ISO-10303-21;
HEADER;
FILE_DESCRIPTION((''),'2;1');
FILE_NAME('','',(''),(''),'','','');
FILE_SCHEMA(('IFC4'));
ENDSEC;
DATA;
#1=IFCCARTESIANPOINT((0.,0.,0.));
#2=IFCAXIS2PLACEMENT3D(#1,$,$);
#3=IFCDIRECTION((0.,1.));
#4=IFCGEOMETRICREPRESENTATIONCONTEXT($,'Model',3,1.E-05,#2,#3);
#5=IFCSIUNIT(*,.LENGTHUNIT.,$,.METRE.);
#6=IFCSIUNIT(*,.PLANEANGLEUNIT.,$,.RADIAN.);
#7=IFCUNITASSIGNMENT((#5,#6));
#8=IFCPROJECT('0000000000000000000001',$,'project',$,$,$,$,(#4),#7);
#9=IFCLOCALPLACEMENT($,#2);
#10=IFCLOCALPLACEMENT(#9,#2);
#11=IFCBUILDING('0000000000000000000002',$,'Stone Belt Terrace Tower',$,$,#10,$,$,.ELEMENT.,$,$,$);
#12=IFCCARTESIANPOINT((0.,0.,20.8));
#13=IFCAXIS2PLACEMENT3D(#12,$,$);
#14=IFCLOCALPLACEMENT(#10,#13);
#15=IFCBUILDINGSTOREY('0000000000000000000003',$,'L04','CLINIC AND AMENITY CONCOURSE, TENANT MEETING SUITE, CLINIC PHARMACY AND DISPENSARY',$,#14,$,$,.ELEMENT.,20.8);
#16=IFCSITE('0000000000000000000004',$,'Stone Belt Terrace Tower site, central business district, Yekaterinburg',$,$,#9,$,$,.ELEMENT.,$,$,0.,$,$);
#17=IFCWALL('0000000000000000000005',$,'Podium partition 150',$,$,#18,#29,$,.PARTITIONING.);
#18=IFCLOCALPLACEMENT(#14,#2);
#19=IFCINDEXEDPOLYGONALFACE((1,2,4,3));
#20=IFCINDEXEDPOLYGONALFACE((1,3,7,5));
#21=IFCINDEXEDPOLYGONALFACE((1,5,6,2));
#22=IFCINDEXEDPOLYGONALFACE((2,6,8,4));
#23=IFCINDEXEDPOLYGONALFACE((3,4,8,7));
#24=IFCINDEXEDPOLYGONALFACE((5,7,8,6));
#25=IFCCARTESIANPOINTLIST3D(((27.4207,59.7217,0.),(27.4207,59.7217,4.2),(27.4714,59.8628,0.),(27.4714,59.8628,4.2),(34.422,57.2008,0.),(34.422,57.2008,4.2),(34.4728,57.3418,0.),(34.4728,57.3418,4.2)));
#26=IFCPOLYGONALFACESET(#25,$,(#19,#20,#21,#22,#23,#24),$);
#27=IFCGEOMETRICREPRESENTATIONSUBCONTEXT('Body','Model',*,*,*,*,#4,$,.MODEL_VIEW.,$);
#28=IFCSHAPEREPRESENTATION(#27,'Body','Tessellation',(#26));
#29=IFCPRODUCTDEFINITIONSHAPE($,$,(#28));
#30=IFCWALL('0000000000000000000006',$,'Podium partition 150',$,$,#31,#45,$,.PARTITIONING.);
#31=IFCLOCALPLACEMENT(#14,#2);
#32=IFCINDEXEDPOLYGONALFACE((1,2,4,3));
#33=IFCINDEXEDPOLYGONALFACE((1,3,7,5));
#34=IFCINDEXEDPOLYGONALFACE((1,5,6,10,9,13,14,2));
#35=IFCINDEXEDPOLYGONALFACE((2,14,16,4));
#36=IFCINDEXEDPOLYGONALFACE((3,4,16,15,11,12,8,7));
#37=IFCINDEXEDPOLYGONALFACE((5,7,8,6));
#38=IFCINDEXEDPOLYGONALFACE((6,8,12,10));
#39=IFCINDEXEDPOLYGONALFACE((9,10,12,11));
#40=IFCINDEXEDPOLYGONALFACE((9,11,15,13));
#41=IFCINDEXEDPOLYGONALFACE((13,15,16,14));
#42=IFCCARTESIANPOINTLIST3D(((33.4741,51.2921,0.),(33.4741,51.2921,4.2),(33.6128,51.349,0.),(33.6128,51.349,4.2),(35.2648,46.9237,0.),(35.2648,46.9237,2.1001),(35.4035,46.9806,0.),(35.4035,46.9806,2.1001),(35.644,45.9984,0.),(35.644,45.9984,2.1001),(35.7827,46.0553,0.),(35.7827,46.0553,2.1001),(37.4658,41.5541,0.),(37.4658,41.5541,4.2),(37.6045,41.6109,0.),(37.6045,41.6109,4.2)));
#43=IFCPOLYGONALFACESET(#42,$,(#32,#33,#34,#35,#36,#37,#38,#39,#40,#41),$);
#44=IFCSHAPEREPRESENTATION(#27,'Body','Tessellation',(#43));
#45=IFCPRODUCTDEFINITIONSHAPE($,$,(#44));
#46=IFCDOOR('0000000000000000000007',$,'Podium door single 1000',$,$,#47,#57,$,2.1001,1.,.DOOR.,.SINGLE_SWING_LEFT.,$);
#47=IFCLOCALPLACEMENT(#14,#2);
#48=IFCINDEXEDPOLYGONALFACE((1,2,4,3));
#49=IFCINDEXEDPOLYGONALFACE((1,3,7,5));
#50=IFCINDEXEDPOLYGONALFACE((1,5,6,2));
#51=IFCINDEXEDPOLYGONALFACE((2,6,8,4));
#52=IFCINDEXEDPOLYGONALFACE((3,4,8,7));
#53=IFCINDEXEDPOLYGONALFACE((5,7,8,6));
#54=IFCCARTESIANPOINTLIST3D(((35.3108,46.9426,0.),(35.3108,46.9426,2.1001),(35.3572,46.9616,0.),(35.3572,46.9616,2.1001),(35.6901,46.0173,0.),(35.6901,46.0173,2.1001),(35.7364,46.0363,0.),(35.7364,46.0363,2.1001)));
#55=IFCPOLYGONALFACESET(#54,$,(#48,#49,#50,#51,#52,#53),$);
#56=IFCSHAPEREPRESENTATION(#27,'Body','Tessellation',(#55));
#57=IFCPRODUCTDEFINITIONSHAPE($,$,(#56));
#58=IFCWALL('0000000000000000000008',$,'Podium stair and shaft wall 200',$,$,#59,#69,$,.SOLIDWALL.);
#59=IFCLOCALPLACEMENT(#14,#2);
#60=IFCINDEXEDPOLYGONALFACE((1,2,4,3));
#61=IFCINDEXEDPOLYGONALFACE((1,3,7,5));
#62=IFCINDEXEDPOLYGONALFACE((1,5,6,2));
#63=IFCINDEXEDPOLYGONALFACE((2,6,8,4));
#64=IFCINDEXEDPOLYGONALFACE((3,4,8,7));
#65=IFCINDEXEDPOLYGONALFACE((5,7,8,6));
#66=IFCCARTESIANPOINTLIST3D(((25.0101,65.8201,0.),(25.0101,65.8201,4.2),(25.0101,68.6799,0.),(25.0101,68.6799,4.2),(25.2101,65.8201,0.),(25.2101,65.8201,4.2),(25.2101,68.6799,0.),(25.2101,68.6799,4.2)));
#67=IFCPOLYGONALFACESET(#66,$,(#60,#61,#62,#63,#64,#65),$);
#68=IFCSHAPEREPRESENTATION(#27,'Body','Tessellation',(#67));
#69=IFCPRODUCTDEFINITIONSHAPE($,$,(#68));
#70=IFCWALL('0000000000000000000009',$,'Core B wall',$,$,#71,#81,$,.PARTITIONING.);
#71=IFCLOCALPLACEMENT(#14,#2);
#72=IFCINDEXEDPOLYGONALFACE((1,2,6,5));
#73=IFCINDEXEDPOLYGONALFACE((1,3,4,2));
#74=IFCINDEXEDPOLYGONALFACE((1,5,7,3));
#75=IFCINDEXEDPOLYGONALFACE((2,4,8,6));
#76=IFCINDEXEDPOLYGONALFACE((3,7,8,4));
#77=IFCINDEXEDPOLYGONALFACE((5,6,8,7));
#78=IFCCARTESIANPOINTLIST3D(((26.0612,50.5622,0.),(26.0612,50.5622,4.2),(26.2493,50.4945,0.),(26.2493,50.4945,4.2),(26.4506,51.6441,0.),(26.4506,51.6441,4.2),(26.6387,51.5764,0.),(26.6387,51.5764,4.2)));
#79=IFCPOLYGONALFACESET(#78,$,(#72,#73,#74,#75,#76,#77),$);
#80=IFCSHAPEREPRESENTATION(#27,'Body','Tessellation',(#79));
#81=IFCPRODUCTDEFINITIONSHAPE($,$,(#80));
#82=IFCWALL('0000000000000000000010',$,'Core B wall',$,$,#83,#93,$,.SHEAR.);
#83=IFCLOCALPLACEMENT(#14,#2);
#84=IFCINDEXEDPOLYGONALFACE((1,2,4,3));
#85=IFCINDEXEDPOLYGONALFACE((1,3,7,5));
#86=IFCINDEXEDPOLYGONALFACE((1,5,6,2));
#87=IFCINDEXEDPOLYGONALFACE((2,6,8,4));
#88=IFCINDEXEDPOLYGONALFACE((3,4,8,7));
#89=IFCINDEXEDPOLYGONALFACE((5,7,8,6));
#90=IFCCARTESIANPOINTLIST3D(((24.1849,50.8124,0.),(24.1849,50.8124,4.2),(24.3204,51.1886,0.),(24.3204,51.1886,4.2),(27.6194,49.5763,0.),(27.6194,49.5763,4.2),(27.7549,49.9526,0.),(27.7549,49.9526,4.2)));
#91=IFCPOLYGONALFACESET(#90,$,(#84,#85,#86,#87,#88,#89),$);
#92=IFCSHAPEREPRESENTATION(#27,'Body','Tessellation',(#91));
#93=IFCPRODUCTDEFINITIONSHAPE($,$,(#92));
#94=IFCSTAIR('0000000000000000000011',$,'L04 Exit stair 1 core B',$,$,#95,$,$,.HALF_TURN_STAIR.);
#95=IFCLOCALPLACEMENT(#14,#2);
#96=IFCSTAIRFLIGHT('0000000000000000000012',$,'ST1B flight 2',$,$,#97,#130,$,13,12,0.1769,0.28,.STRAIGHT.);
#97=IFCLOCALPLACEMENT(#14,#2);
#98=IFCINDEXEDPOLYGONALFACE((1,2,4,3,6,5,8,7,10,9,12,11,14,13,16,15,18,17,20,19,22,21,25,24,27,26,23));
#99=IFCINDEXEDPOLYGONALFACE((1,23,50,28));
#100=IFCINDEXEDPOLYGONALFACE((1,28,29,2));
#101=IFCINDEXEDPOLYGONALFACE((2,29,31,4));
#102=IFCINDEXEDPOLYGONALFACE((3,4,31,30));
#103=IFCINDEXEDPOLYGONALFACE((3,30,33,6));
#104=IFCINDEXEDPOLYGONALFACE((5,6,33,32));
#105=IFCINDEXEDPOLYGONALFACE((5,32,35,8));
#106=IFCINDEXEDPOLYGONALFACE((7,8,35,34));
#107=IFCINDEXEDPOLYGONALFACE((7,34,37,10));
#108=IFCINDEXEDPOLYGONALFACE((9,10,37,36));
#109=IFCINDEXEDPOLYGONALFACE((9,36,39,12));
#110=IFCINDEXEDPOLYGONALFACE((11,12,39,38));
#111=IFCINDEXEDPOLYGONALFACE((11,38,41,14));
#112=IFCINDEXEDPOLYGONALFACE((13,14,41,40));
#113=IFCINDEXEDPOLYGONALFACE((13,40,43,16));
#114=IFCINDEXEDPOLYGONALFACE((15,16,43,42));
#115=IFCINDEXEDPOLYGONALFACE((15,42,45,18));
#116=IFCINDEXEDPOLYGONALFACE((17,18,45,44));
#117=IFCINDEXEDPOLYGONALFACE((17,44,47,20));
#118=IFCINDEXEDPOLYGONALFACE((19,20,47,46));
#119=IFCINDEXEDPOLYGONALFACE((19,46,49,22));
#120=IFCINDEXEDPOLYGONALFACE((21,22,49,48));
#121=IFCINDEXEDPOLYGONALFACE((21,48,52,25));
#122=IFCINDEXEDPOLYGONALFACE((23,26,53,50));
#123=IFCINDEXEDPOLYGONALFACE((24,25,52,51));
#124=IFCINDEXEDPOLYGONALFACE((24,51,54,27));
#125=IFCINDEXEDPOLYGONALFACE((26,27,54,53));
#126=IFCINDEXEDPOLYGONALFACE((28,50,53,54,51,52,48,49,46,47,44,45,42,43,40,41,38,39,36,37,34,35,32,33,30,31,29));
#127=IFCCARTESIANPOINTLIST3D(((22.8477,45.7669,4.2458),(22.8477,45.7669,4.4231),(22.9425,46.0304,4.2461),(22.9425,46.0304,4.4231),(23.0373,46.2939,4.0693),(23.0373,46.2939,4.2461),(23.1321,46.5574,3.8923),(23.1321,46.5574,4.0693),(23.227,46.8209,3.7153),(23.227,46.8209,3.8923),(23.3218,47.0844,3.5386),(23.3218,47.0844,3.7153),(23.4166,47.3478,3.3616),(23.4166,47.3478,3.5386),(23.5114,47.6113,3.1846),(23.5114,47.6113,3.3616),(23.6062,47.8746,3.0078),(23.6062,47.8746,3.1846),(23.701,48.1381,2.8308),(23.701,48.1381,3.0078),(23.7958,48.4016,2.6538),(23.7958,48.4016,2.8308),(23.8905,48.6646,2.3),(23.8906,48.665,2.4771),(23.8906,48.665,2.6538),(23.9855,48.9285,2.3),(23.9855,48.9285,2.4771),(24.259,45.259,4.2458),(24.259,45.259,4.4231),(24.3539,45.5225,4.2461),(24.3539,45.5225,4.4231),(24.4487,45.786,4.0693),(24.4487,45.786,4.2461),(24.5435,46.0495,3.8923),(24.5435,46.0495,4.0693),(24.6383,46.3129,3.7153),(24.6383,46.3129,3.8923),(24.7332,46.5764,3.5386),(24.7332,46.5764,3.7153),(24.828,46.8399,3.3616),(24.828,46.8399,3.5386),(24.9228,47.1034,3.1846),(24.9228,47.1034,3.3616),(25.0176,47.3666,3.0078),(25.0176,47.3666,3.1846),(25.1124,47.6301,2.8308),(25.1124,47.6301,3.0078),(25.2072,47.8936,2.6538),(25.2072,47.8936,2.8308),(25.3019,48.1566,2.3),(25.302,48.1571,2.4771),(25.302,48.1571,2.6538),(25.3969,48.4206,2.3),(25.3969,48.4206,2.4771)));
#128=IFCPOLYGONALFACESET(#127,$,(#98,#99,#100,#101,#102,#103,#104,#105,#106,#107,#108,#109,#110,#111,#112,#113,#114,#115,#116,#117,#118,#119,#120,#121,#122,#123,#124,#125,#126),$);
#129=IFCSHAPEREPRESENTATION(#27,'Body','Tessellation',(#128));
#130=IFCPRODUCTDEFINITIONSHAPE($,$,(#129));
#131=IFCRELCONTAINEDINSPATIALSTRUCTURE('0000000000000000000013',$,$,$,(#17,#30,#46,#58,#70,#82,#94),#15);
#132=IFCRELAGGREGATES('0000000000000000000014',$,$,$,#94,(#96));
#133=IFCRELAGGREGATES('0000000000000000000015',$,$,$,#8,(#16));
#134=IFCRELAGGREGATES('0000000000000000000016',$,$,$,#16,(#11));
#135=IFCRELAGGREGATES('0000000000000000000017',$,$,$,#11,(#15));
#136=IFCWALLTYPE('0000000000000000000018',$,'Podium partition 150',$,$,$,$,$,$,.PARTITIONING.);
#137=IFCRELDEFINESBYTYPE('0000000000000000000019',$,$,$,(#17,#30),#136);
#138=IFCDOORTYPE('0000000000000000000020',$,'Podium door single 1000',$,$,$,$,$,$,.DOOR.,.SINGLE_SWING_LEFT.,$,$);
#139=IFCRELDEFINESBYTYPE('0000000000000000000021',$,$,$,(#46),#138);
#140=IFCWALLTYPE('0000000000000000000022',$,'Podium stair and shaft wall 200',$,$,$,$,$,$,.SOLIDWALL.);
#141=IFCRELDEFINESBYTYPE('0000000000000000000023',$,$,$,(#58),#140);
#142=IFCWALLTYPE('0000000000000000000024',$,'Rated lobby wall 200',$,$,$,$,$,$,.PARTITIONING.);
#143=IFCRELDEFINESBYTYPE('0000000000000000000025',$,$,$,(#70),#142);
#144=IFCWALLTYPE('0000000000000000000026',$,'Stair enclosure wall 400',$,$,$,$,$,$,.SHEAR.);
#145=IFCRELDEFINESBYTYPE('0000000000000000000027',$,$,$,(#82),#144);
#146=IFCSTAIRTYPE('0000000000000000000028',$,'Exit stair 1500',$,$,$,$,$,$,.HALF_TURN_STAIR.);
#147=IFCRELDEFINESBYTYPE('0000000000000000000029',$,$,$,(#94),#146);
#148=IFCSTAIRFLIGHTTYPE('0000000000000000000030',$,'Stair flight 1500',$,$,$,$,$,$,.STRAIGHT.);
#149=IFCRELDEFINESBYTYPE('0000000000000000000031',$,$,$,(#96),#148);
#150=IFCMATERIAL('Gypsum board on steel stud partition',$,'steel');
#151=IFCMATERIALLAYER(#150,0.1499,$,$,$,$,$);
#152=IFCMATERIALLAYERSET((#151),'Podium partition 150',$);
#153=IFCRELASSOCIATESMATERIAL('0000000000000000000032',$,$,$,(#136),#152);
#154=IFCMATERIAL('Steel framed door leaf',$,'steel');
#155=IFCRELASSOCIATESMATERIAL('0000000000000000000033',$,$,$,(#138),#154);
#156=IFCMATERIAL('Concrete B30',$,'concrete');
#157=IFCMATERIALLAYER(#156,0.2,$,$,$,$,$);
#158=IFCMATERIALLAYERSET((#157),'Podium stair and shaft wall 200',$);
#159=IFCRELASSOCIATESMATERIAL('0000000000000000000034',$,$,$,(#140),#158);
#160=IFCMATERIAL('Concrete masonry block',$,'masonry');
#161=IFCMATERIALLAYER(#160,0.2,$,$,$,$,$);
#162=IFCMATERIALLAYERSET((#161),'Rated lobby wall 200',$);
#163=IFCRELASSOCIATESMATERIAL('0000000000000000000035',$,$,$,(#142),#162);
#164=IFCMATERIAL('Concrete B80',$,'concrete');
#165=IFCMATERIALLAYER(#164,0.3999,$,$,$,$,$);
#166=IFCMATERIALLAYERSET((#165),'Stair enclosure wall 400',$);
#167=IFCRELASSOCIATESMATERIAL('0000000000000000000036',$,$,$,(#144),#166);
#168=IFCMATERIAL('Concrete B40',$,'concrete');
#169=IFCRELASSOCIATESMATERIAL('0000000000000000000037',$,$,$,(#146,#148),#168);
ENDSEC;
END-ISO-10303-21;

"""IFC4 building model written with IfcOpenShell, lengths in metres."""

from ifc_helpers import new_model, si_unit, direction, frame, frame_2d, origin, place, context, subcontext, project, spatial, polyline, rectangle, outline, extrude, material, layer, layer_set, type_object, element, fill, aggregate, save


model = new_model("IFC4")

# Units and contexts
model_context = context("Model", 3, precision=1e-05, world=origin(), true_north=direction((0.0, 1.0)))
body_context = subcontext(model_context, "Body", "Model", "MODEL_VIEW")
ifc_project = project(units=[si_unit("LENGTHUNIT", "METRE"), si_unit("PLANEANGLEUNIT", "RADIAN")], contexts=[model_context])

# Site, building, storey
site_placement = place(None, origin())
site = spatial("IfcSite", under=ifc_project, at=site_placement, Name="Stone Belt Terrace Tower site, central business district, Yekaterinburg", CompositionType="ELEMENT", RefElevation=0.0)
building_placement = place(site_placement, origin())
building = spatial("IfcBuilding", under=site, at=building_placement, Name="Stone Belt Terrace Tower", CompositionType="ELEMENT")
storey_placement = place(building_placement, frame((0.0, 0.0, 20.8)))
storey = spatial("IfcBuildingStorey", under=building, at=storey_placement, Name="L04", Description="CLINIC AND AMENITY CONCOURSE, TENANT MEETING SUITE, CLINIC PHARMACY AND DISPENSARY", CompositionType="ELEMENT", Elevation=20.8)

# Shared definitions
ifc_material_1 = material(Name="Concrete B80", Category="concrete")

# Wall
ifc_material_2 = material(Name="Gypsum board on steel stud partition", Category="steel")
ifc_layer_1 = layer(ifc_material_2, 0.1499)
ifc_layer_set_1 = layer_set([ifc_layer_1], Name="Podium partition 150")
wall_type_1 = type_object("IfcWallType", Name="Podium partition 150", PredefinedType="PARTITIONING", material=ifc_layer_set_1)
wall_1_placement = place(storey_placement, frame((27.446, 59.7922, 0.0), z_axis=(0.0, 0.0, 1.0), x_axis=(0.940867, -0.338775, 0.0)))
element("IfcWall", 1, at=wall_1_placement, inside=storey, type_object=wall_type_1, Name="Podium partition 150", PredefinedType="PARTITIONING", context=body_context, shape_type="SweptSolid", body=[
    extrude(rectangle(XDim=7.4414, YDim=0.1499, at=frame_2d((3.7207, 0.0))), origin(), (0.0, 0.0, 1.0), 4.2),
])

# Wall, opening, door
wall_2_placement = place(storey_placement, frame((33.5435, 51.3206, 0.0), z_axis=(0.0, 0.0, 1.0), x_axis=(0.37928, -0.925282, 0.0)))
wall_2 = element("IfcWall", 2, at=wall_2_placement, inside=storey, type_object=wall_type_1, Name="Podium partition 150", PredefinedType="PARTITIONING", context=body_context, shape_type="SweptSolid", body=[
    extrude(rectangle(XDim=10.5244, YDim=0.1499, at=frame_2d((5.2622, 0.0))), origin(), (0.0, 0.0, 1.0), 4.2),
])
opening_1_placement = place(wall_2_placement, frame((4.7212, 0.0, 0.0)))
opening_1 = element("IfcOpeningElement", 3, at=opening_1_placement, cuts=wall_2, PredefinedType="OPENING", context=body_context, shape_type="SweptSolid", body=[
    extrude(rectangle(XDim=1.0, YDim=2.1001, at=frame_2d((0.5, 1.05))), frame((0.0, 0.085, 0.0), z_axis=(0.0, -1.0, 0.0), x_axis=(1.0, 0.0, 0.0)), (0.0, 0.0, 1.0), 0.1699),
])
ifc_material_3 = material(Name="Steel framed door leaf", Category="steel")
door_type_1 = type_object("IfcDoorType", Name="Podium door single 1000", OperationType="SINGLE_SWING_LEFT", PredefinedType="DOOR", material=ifc_material_3)
door_1_placement = place(opening_1_placement, origin())
door_1 = element("IfcDoor", 4, at=door_1_placement, inside=storey, type_object=door_type_1, Name="Podium door single 1000", OperationType="SINGLE_SWING_LEFT", OverallHeight=2.1001, OverallWidth=1.0, PredefinedType="DOOR", context=body_context, shape_type="SweptSolid", body=[
    extrude(rectangle(XDim=1.0, YDim=2.1001, at=frame_2d((0.5, 1.05))), frame((0.0, 0.0249, 0.0), z_axis=(0.0, -1.0, 0.0), x_axis=(1.0, 0.0, 0.0)), (0.0, 0.0, 1.0), 0.05),
])
fill(opening_1, door_1)

# Walls
ifc_material_4 = material(Name="Concrete B30", Category="concrete")
ifc_layer_2 = layer(ifc_material_4, 0.2)
ifc_layer_set_2 = layer_set([ifc_layer_2], Name="Podium stair and shaft wall 200")
wall_type_2 = type_object("IfcWallType", Name="Podium stair and shaft wall 200", PredefinedType="SOLIDWALL", material=ifc_layer_set_2)
wall_3_placement = place(storey_placement, frame((25.1101, 65.8201, 0.0), z_axis=(0.0, 0.0, 1.0), x_axis=(0.0, 1.0, 0.0)))
element("IfcWall", 5, at=wall_3_placement, inside=storey, type_object=wall_type_2, Name="Podium stair and shaft wall 200", PredefinedType="SOLIDWALL", context=body_context, shape_type="SweptSolid", body=[
    extrude(rectangle(XDim=2.8599, YDim=0.2, at=frame_2d((1.4299, 0.0))), origin(), (0.0, 0.0, 1.0), 4.2),
])
ifc_material_5 = material(Name="Concrete masonry block", Category="masonry")
ifc_layer_3 = layer(ifc_material_5, 0.2)
ifc_layer_set_3 = layer_set([ifc_layer_3], Name="Rated lobby wall 200")
wall_type_3 = type_object("IfcWallType", Name="Rated lobby wall 200", PredefinedType="PARTITIONING", material=ifc_layer_set_3)
wall_4_placement = place(storey_placement, frame((26.1553, 50.5283, 0.0), z_axis=(0.0, 0.0, 1.0), x_axis=(0.338622, 0.940923, 0.0)))
element("IfcWall", 6, at=wall_4_placement, inside=storey, type_object=wall_type_3, Name="Core B wall", PredefinedType="PARTITIONING", context=body_context, shape_type="SweptSolid", body=[
    extrude(rectangle(XDim=1.1499, YDim=0.2, at=frame_2d((0.575, 0.0))), origin(), (0.0, 0.0, 1.0), 4.2),
])
ifc_layer_4 = layer(ifc_material_1, 0.3999)
ifc_layer_set_4 = layer_set([ifc_layer_4], Name="Stair enclosure wall 400")
wall_type_4 = type_object("IfcWallType", Name="Stair enclosure wall 400", PredefinedType="SHEAR", material=ifc_layer_set_4)
wall_5_placement = place(storey_placement, frame((27.6873, 49.7644, 0.0), z_axis=(0.0, 0.0, 1.0), x_axis=(-0.940919, 0.338632, 0.0)))
element("IfcWall", 7, at=wall_5_placement, inside=storey, type_object=wall_type_4, Name="Core B wall", PredefinedType="SHEAR", context=body_context, shape_type="SweptSolid", body=[
    extrude(rectangle(XDim=3.6501, YDim=0.3999, at=frame_2d((1.8252, 0.0))), origin(), (0.0, 0.0, 1.0), 4.2),
])

# Stair, stair flight
ifc_material_6 = material(Name="Concrete B40", Category="concrete")
stair_type = type_object("IfcStairType", Name="Exit stair 1500", PredefinedType="HALF_TURN_STAIR", material=ifc_material_6)
stair_placement = place(storey_placement, origin())
stair = element("IfcStair", 8, at=stair_placement, inside=storey, type_object=stair_type, Name="L04 Exit stair 1 core B", PredefinedType="HALF_TURN_STAIR")
stair_flight_type = type_object("IfcStairFlightType", Name="Stair flight 1500", PredefinedType="STRAIGHT", material=ifc_material_6)
stair_flight_placement = place(storey_placement, frame((24.6912, 48.6746, 2.3), z_axis=(0.0, 0.0, 1.0), x_axis=(-0.338624, -0.940922, 0.0)))
stair_flight = element("IfcStairFlight", 9, at=stair_flight_placement, type_object=stair_flight_type, Name="ST1B flight 2", NumberOfRisers=13, NumberOfTreads=12, PredefinedType="STRAIGHT", RiserHeight=0.1769, TreadLength=0.28, context=body_context, shape_type="SweptSolid", body=[
    extrude(outline(polyline([(0.0, 0.0), (0.0, 0.177), (0.28, 0.177), (0.28, 0.3538), (0.5601, 0.3538), (0.5601, 0.5308), (0.8401, 0.5308), (0.8401, 0.7078), (1.1201, 0.7078), (1.1201, 0.8845), (1.3999, 0.8845), (1.3999, 1.0615), (1.6799, 1.0615), (1.6799, 1.2385), (1.96, 1.2385), (1.96, 1.4153), (2.24, 1.4153), (2.24, 1.5923), (2.52, 1.5923), (2.52, 1.7693), (2.8, 1.7693), (2.8, 1.946), (3.0801, 1.946), (3.0801, 2.123), (3.3601, 2.123), (3.3601, 2.3), (3.3601, 1.9458), (0.2805, 0.0), (0.0, 0.0)])), frame((0.0, 0.75, 0.0), z_axis=(0.0, -1.0, 0.0), x_axis=(1.0, 0.0, 0.0)), (0.0, 0.0, 1.0), 1.5),
])
aggregate(stair, [stair_flight])

save(model, "model.ifc")
